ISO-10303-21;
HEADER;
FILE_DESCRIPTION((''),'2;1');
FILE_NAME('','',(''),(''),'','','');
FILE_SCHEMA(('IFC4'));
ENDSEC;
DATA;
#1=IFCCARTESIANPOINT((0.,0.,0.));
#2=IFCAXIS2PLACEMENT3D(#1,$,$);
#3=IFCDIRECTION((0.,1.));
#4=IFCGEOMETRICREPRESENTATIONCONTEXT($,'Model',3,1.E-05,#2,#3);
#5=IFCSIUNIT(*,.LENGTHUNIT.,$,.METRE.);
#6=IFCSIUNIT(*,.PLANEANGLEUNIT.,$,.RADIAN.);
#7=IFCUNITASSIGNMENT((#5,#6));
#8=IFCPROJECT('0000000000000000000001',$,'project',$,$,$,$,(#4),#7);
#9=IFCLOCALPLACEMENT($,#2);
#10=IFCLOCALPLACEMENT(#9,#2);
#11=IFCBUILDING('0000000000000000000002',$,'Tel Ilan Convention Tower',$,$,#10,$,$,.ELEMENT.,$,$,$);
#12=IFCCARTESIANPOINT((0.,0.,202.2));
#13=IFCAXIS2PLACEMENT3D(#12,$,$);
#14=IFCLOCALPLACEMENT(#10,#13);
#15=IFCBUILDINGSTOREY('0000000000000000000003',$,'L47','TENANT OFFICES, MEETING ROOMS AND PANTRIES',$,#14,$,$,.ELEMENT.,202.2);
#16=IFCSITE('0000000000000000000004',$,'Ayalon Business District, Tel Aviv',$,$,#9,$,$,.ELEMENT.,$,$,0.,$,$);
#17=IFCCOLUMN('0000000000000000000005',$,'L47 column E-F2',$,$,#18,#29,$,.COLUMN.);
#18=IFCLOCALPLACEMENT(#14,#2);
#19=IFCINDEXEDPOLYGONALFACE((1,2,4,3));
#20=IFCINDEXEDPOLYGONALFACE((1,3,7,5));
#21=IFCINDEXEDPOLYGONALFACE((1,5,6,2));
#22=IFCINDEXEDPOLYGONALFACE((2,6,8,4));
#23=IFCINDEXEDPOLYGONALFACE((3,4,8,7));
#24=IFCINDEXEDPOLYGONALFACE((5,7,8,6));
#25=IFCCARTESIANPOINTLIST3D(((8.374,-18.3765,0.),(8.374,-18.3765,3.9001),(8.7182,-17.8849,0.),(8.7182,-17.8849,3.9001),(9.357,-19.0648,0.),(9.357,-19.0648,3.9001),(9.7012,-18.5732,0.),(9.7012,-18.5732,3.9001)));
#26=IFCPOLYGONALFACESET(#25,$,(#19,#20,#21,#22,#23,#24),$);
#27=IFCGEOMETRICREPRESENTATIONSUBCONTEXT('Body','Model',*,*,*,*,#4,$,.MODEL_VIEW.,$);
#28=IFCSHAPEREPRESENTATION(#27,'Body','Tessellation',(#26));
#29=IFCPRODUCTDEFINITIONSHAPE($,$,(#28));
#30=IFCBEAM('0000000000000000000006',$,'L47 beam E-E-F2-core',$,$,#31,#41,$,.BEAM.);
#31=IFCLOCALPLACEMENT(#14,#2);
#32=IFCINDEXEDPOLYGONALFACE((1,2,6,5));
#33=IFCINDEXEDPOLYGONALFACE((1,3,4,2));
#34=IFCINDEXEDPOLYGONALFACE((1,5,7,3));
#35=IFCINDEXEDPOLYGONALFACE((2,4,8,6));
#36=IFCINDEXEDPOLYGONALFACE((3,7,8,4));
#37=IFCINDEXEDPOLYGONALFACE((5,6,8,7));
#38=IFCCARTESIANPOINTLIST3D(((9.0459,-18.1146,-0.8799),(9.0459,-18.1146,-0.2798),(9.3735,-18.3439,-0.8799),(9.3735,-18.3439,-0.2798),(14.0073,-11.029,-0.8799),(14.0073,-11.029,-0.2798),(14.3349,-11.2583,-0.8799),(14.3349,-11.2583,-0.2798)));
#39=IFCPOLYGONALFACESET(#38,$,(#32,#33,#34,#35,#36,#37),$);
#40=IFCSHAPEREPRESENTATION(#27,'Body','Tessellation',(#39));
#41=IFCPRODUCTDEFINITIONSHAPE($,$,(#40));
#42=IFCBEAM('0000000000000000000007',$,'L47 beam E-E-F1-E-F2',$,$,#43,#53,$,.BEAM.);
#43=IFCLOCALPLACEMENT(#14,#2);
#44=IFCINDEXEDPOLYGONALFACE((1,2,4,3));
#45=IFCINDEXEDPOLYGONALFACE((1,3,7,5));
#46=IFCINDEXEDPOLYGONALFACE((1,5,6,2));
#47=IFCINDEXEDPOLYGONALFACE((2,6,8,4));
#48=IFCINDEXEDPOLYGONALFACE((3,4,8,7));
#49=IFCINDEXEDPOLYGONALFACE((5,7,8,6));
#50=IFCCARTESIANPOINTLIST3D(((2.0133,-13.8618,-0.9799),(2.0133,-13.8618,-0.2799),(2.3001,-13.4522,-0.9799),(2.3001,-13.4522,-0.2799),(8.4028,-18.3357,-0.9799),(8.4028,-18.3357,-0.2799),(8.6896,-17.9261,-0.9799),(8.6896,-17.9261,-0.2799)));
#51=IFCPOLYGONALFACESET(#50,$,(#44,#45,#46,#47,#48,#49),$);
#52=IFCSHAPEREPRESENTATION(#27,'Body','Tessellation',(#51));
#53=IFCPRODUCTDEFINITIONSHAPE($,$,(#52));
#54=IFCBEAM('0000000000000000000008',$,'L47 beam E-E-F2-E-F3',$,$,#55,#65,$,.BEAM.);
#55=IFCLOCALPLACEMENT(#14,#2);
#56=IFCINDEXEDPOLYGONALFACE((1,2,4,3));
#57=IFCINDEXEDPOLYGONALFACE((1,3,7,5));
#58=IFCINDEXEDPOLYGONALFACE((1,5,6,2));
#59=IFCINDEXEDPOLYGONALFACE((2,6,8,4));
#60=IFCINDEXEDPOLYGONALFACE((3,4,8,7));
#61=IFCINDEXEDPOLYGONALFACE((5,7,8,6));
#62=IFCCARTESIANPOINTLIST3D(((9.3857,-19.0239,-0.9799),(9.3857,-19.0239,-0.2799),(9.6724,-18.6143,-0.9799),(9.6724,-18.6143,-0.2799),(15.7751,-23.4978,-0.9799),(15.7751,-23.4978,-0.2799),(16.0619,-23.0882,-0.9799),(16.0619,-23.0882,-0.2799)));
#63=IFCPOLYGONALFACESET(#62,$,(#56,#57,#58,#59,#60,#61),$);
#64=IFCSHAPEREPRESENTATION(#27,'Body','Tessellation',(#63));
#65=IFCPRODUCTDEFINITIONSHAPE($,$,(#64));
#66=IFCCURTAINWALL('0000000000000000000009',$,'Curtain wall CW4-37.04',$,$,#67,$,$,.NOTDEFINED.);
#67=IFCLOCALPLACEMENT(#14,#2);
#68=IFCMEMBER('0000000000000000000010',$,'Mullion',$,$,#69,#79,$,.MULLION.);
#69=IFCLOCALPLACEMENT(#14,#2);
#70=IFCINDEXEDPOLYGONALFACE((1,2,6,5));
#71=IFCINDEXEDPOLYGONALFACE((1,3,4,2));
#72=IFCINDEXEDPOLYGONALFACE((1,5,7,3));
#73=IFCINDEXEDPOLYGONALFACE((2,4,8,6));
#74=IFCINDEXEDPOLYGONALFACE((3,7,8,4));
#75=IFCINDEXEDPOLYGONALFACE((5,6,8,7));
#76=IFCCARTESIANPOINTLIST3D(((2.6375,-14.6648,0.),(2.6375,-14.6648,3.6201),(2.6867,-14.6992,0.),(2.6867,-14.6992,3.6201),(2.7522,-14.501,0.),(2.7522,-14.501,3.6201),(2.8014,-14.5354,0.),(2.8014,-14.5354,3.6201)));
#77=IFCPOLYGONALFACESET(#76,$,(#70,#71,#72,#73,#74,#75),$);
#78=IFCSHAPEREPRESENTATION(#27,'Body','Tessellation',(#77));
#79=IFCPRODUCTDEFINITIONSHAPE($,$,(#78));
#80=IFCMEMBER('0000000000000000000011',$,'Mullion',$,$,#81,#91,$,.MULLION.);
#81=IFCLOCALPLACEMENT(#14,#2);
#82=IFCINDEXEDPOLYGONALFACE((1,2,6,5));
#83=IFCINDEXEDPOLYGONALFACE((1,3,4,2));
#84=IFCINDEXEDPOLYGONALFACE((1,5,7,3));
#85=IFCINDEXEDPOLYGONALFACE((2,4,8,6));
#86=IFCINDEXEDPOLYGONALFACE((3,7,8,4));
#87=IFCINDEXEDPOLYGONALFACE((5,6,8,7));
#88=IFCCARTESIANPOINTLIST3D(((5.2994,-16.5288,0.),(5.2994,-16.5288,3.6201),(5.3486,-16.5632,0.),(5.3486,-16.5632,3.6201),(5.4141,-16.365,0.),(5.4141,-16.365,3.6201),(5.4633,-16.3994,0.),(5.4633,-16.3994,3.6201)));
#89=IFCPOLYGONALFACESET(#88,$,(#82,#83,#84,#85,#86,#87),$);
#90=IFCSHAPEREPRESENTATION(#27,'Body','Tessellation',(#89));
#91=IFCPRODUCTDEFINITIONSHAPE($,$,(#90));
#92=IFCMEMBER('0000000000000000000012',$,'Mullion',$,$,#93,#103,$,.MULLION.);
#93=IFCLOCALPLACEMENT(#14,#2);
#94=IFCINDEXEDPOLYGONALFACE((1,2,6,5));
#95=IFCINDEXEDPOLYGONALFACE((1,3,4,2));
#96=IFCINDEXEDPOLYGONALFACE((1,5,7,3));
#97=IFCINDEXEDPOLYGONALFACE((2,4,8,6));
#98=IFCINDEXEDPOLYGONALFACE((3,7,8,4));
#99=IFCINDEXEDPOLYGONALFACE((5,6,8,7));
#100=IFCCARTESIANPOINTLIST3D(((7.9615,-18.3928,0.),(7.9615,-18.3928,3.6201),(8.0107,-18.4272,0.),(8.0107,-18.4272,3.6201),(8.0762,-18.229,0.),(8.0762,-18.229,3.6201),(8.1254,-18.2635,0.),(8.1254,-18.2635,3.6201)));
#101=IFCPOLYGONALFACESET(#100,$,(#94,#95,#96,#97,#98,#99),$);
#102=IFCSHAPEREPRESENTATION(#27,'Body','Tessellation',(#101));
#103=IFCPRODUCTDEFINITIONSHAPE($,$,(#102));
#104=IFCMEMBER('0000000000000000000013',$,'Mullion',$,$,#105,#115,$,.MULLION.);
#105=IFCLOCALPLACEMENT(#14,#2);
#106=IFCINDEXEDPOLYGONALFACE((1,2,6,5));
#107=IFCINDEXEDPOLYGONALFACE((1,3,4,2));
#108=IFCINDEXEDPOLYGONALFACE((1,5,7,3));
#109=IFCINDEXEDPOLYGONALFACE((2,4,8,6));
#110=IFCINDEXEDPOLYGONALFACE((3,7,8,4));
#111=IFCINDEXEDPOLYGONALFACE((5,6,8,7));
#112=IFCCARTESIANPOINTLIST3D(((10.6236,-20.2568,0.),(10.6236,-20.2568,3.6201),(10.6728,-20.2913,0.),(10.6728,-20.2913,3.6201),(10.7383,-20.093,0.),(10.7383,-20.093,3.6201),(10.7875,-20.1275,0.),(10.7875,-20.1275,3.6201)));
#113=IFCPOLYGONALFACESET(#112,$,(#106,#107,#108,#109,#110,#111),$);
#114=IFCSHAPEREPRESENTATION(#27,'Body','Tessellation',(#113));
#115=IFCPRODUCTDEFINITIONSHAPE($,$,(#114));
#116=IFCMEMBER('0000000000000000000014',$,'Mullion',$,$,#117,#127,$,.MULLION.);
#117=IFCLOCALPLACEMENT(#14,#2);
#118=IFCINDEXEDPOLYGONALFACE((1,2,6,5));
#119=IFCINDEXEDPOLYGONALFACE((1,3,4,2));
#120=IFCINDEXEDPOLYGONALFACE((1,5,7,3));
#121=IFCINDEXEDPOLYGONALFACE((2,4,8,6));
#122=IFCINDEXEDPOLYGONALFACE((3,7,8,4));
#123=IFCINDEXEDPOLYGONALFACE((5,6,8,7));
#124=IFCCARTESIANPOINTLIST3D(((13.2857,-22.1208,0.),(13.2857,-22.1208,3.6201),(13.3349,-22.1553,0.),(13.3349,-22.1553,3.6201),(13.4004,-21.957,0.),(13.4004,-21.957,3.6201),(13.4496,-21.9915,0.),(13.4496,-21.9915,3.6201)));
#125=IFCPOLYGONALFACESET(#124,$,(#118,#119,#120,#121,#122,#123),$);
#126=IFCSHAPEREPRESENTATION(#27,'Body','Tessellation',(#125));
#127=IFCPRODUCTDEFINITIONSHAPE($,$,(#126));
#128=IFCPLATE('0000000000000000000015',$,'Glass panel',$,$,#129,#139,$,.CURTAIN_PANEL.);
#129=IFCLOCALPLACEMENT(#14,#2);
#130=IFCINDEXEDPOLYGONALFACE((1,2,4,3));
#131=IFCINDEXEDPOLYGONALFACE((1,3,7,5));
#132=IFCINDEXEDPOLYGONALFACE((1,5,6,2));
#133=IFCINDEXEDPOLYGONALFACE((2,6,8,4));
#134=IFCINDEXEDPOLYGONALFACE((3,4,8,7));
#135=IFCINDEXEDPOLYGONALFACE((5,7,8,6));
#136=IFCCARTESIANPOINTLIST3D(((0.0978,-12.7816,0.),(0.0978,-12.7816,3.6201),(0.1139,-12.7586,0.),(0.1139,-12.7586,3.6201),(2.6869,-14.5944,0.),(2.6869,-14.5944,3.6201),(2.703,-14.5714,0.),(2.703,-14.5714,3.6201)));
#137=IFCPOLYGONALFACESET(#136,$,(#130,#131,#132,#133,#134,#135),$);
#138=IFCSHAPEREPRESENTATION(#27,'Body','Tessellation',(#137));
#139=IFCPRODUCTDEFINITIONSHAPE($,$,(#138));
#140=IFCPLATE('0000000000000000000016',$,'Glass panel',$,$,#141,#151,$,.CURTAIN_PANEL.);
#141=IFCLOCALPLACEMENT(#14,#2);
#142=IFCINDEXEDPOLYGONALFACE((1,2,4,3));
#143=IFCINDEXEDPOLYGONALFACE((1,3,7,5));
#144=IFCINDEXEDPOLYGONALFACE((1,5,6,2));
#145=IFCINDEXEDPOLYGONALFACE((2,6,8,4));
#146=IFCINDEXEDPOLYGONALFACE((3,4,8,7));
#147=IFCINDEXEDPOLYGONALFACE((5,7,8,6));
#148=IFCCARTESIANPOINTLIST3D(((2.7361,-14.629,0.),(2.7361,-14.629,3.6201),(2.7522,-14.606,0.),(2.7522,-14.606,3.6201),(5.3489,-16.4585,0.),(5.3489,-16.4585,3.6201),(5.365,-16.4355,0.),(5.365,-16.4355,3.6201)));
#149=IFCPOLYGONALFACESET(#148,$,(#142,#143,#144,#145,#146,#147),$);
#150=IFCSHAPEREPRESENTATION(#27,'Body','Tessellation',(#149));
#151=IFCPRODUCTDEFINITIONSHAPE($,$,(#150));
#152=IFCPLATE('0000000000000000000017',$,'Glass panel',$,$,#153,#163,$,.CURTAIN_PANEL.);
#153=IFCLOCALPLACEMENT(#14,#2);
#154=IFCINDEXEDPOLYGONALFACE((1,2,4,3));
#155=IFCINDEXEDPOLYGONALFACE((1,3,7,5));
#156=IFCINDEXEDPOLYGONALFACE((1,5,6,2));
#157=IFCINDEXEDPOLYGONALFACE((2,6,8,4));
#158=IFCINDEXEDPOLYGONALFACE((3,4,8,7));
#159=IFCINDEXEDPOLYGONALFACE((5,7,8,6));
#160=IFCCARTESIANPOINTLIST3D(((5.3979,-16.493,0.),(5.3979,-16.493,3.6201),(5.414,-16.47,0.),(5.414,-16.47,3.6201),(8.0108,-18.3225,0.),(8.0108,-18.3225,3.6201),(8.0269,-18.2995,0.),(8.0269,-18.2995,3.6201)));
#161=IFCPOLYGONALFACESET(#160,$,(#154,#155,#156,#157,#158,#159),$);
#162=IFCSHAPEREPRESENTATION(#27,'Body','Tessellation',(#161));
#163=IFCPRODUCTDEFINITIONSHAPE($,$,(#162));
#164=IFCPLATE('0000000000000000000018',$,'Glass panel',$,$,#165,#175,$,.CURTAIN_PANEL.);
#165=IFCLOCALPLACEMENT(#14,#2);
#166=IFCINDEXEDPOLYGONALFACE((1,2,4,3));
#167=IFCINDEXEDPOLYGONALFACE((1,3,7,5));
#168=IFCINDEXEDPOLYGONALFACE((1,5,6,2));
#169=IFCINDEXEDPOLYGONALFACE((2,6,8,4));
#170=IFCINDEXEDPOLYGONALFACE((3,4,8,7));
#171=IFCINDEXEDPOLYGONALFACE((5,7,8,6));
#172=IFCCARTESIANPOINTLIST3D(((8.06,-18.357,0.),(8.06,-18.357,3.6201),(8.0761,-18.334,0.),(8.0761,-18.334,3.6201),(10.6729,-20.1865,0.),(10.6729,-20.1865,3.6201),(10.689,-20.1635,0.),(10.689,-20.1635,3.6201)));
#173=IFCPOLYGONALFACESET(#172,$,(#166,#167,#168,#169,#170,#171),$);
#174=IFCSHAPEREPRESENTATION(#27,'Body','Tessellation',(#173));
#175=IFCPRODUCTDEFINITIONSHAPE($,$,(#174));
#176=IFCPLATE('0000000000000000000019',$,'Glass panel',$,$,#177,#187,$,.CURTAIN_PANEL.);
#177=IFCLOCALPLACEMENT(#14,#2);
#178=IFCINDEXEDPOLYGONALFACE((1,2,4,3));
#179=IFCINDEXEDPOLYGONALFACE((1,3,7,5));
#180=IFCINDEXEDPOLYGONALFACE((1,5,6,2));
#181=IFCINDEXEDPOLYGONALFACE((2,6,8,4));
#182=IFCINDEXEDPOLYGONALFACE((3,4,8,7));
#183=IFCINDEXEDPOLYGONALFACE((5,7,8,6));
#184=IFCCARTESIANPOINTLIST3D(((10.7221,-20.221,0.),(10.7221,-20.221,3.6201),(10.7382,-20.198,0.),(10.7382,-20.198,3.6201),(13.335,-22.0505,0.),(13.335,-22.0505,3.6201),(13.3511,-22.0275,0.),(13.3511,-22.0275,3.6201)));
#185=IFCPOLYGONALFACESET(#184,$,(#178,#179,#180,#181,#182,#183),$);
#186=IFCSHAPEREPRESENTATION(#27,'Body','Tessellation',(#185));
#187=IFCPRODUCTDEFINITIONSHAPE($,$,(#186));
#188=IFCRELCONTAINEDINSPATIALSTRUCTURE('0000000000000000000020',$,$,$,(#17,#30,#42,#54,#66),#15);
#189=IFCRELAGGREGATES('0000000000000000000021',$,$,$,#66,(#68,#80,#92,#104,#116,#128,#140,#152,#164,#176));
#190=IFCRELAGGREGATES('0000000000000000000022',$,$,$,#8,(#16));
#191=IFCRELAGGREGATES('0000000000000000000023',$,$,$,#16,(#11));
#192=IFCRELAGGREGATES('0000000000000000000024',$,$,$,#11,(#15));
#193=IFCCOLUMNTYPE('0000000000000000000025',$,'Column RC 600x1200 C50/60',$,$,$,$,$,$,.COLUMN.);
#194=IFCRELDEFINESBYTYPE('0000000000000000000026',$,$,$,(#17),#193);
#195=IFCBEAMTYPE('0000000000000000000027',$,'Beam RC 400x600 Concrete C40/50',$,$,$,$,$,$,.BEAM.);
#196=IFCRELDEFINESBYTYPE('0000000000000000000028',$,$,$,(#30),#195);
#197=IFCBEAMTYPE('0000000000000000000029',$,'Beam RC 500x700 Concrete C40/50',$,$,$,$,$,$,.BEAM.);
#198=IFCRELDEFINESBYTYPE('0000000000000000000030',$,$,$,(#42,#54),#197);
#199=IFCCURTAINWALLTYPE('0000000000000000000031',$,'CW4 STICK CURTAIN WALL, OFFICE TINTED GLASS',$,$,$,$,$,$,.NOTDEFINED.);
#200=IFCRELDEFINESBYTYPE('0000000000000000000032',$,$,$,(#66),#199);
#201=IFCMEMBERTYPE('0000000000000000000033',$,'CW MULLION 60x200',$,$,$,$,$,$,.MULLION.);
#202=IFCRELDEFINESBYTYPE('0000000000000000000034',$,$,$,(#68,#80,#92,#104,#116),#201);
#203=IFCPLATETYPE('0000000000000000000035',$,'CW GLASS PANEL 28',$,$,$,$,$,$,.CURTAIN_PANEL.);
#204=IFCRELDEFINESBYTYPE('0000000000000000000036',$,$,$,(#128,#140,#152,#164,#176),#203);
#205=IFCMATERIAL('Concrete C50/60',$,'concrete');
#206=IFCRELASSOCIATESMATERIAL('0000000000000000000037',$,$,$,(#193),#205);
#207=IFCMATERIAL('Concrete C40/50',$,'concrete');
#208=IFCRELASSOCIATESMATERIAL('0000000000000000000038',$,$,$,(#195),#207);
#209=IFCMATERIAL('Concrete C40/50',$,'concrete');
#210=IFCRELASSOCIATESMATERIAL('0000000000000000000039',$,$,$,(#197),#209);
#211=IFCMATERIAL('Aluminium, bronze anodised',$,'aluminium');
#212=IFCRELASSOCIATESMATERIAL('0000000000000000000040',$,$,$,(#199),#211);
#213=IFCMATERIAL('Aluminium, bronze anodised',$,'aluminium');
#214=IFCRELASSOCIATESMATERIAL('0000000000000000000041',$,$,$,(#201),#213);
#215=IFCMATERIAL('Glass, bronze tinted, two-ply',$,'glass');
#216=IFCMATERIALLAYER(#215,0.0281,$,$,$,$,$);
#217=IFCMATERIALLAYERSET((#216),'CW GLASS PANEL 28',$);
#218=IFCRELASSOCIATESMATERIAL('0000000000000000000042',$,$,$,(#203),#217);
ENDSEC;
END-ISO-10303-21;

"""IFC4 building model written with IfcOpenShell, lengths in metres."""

from ifc_helpers import new_model, si_unit, direction, frame, origin, origin_2d, place, context, subcontext, project, spatial, rectangle, extrude, material, layer, layer_set, material_profile, profile_set, type_object, element, aggregate, save


model = new_model("IFC4")

# Units and contexts
model_context = context("Model", 3, precision=1e-05, world=origin(), true_north=direction((0.0, 1.0)))
body_context = subcontext(model_context, "Body", "Model", "MODEL_VIEW")
ifc_project = project(units=[si_unit("LENGTHUNIT", "METRE"), si_unit("PLANEANGLEUNIT", "RADIAN")], contexts=[model_context])

# Site, building, storey
site_placement = place(None, origin())
site = spatial("IfcSite", under=ifc_project, at=site_placement, Name="Ayalon Business District, Tel Aviv", CompositionType="ELEMENT", RefElevation=0.0)
building_placement = place(site_placement, origin())
building = spatial("IfcBuilding", under=site, at=building_placement, Name="Tel Ilan Convention Tower", CompositionType="ELEMENT")
storey_placement = place(building_placement, frame((0.0, 0.0, 202.2)))
storey = spatial("IfcBuildingStorey", under=building, at=storey_placement, Name="L47", Description="TENANT OFFICES, MEETING ROOMS AND PANTRIES", CompositionType="ELEMENT", Elevation=202.2)

# Column
ifc_material_1 = material(Name="Concrete C50/60", Category="concrete")
ifc_material_profile_1 = material_profile(ifc_material_1, rectangle(XDim=1.2, YDim=0.6001, at=origin_2d()), Name="RC 600x1200")
ifc_profile_set_1 = profile_set([ifc_material_profile_1], Name="Concrete C50/60")
column_type = type_object("IfcColumnType", Name="Column RC 600x1200 C50/60", PredefinedType="COLUMN", material=ifc_profile_set_1)
column_placement = place(storey_placement, frame((9.0376, -18.4749, 0.0), z_axis=(0.0, 0.0, 1.0), x_axis=(0.819152, -0.573576, 0.0)))
element("IfcColumn", 1, at=column_placement, inside=storey, type_object=column_type, Name="L47 column E-F2", PredefinedType="COLUMN", context=body_context, shape_type="SweptSolid", body=[
    extrude(rectangle(XDim=1.2, YDim=0.6001, at=origin_2d()), origin(), (0.0, 0.0, 1.0), 3.9001),
])

# Beams
ifc_material_2 = material(Name="Concrete C40/50", Category="concrete")
ifc_material_profile_2 = material_profile(ifc_material_2, rectangle(XDim=0.3999, YDim=0.6001, at=origin_2d()), Name="RC 400x600")
ifc_profile_set_2 = profile_set([ifc_material_profile_2], Name="Concrete C40/50")
beam_type_1 = type_object("IfcBeamType", Name="Beam RC 400x600 Concrete C40/50", PredefinedType="BEAM", material=ifc_profile_set_2)
beam_placement = place(storey_placement, frame((9.2097, -18.2292, -0.5798), z_axis=(0.573574, 0.819154, 0.0), x_axis=(-0.819154, 0.573574, 0.0)))
element("IfcBeam", 2, at=beam_placement, inside=storey, type_object=beam_type_1, Name="L47 beam E-E-F2-core", PredefinedType="BEAM", context=body_context, shape_type="SweptSolid", body=[
    extrude(rectangle(XDim=0.3999, YDim=0.6001, at=origin_2d()), origin(), (0.0, 0.0, 1.0), 8.6499),
])
ifc_material_3 = material(Name="Concrete C40/50", Category="concrete")
ifc_material_profile_3 = material_profile(ifc_material_3, rectangle(XDim=0.5, YDim=0.7, at=origin_2d()), Name="RC 500x700")
ifc_profile_set_3 = profile_set([ifc_material_profile_3], Name="Concrete C40/50")
beam_type_2 = type_object("IfcBeamType", Name="Beam RC 500x700 Concrete C40/50", PredefinedType="BEAM", material=ifc_profile_set_3)
for number, where, z_axis, x_axis, name in (
    (3, (2.1567, -13.657, -0.6299), (0.819154, -0.573574, 0.0), (0.573574, 0.819154, 0.0), "L47 beam E-E-F1-E-F2"),
    (4, (9.5291, -18.8191, -0.6299), (0.819154, -0.573574, 0.0), (0.573574, 0.819154, 0.0), "L47 beam E-E-F2-E-F3"),
):
    element("IfcBeam", number, at=place(storey_placement, frame(where, z_axis=z_axis, x_axis=x_axis)), inside=storey, type_object=beam_type_2, Name=name, PredefinedType="BEAM", context=body_context, shape_type="SweptSolid", body=[
        extrude(rectangle(XDim=0.5, YDim=0.7, at=origin_2d()), origin(), (0.0, 0.0, 1.0), 7.8),
    ])

# Curtain wall, members, plates
ifc_material_4 = material(Name="Aluminium, bronze anodised", Category="aluminium")
curtain_wall_type = type_object("IfcCurtainWallType", Name="CW4 STICK CURTAIN WALL, OFFICE TINTED GLASS", PredefinedType="NOTDEFINED", material=ifc_material_4)
curtain_wall_placement = place(storey_placement, origin())
curtain_wall = element("IfcCurtainWall", 5, at=curtain_wall_placement, inside=storey, type_object=curtain_wall_type, Name="Curtain wall CW4-37.04", PredefinedType="NOTDEFINED")
ifc_material_5 = material(Name="Aluminium, bronze anodised", Category="aluminium")
ifc_material_profile_4 = material_profile(ifc_material_5, rectangle(XDim=0.0601, YDim=0.2, at=origin_2d()), Name="CW MULLION 60x200")
ifc_profile_set_4 = profile_set([ifc_material_profile_4], Name="Aluminium, bronze anodised")
member_type = type_object("IfcMemberType", Name="CW MULLION 60x200", PredefinedType="MULLION", material=ifc_profile_set_4)
member_1_placement = place(storey_placement, frame((2.7195, -14.6001, 0.0), z_axis=(0.0, 0.0, 1.0), x_axis=(0.819152, -0.573576, 0.0)))
member_1 = element("IfcMember", 6, at=member_1_placement, type_object=member_type, Name="Mullion", PredefinedType="MULLION", context=body_context, shape_type="SweptSolid", body=[
    extrude(rectangle(XDim=0.0601, YDim=0.2, at=origin_2d()), origin(), (0.0, 0.0, 1.0), 3.6201),
])
member_2_placement = place(storey_placement, frame((5.3813, -16.4641, 0.0), z_axis=(0.0, 0.0, 1.0), x_axis=(0.819152, -0.573576, 0.0)))
member_2 = element("IfcMember", 7, at=member_2_placement, type_object=member_type, Name="Mullion", PredefinedType="MULLION", context=body_context, shape_type="SweptSolid", body=[
    extrude(rectangle(XDim=0.0601, YDim=0.2, at=origin_2d()), origin(), (0.0, 0.0, 1.0), 3.6201),
])
member_3_placement = place(storey_placement, frame((8.0435, -18.3281, 0.0), z_axis=(0.0, 0.0, 1.0), x_axis=(0.819152, -0.573576, 0.0)))
member_3 = element("IfcMember", 8, at=member_3_placement, type_object=member_type, Name="Mullion", PredefinedType="MULLION", context=body_context, shape_type="SweptSolid", body=[
    extrude(rectangle(XDim=0.0601, YDim=0.2, at=origin_2d()), origin(), (0.0, 0.0, 1.0), 3.6201),
])
member_4_placement = place(storey_placement, frame((10.7056, -20.1921, 0.0), z_axis=(0.0, 0.0, 1.0), x_axis=(0.819152, -0.573576, 0.0)))
member_4 = element("IfcMember", 9, at=member_4_placement, type_object=member_type, Name="Mullion", PredefinedType="MULLION", context=body_context, shape_type="SweptSolid", body=[
    extrude(rectangle(XDim=0.0601, YDim=0.2, at=origin_2d()), origin(), (0.0, 0.0, 1.0), 3.6201),
])
member_5_placement = place(storey_placement, frame((13.3677, -22.0562, 0.0), z_axis=(0.0, 0.0, 1.0), x_axis=(0.819152, -0.573576, 0.0)))
member_5 = element("IfcMember", 10, at=member_5_placement, type_object=member_type, Name="Mullion", PredefinedType="MULLION", context=body_context, shape_type="SweptSolid", body=[
    extrude(rectangle(XDim=0.0601, YDim=0.2, at=origin_2d()), origin(), (0.0, 0.0, 1.0), 3.6201),
])
ifc_material_6 = material(Name="Glass, bronze tinted, two-ply", Category="glass")
ifc_layer_1 = layer(ifc_material_6, 0.0281)
ifc_layer_set_1 = layer_set([ifc_layer_1], Name="CW GLASS PANEL 28")
plate_type = type_object("IfcPlateType", Name="CW GLASS PANEL 28", PredefinedType="CURTAIN_PANEL", material=ifc_layer_set_1)
plate_1_placement = place(storey_placement, frame((1.4004, -13.6765, 0.0), z_axis=(0.0, 0.0, 1.0), x_axis=(0.819152, -0.573576, 0.0)))
plate_1 = element("IfcPlate", 11, at=plate_1_placement, type_object=plate_type, Name="Glass panel", PredefinedType="CURTAIN_PANEL", context=body_context, shape_type="SweptSolid", body=[
    extrude(rectangle(XDim=3.1606, YDim=0.0281, at=origin_2d()), origin(), (0.0, 0.0, 1.0), 3.6201),
])
plate_2_placement = place(storey_placement, frame((4.0505, -15.5322, 0.0), z_axis=(0.0, 0.0, 1.0), x_axis=(0.819152, -0.573576, 0.0)))
plate_2 = element("IfcPlate", 12, at=plate_2_placement, type_object=plate_type, Name="Glass panel", PredefinedType="CURTAIN_PANEL", context=body_context, shape_type="SweptSolid", body=[
    extrude(rectangle(XDim=3.1897, YDim=0.0281, at=origin_2d()), origin(), (0.0, 0.0, 1.0), 3.6201),
])
plate_3_placement = place(storey_placement, frame((6.7124, -17.3962, 0.0), z_axis=(0.0, 0.0, 1.0), x_axis=(0.819152, -0.573576, 0.0)))
plate_3 = element("IfcPlate", 13, at=plate_3_placement, type_object=plate_type, Name="Glass panel", PredefinedType="CURTAIN_PANEL", context=body_context, shape_type="SweptSolid", body=[
    extrude(rectangle(XDim=3.1897, YDim=0.0281, at=origin_2d()), origin(), (0.0, 0.0, 1.0), 3.6201),
])
plate_4_placement = place(storey_placement, frame((9.3745, -19.2603, 0.0), z_axis=(0.0, 0.0, 1.0), x_axis=(0.819152, -0.573576, 0.0)))
plate_4 = element("IfcPlate", 14, at=plate_4_placement, type_object=plate_type, Name="Glass panel", PredefinedType="CURTAIN_PANEL", context=body_context, shape_type="SweptSolid", body=[
    extrude(rectangle(XDim=3.1897, YDim=0.0281, at=origin_2d()), origin(), (0.0, 0.0, 1.0), 3.6201),
])
plate_5_placement = place(storey_placement, frame((12.0366, -21.1243, 0.0), z_axis=(0.0, 0.0, 1.0), x_axis=(0.819152, -0.573576, 0.0)))
plate_5 = element("IfcPlate", 15, at=plate_5_placement, type_object=plate_type, Name="Glass panel", PredefinedType="CURTAIN_PANEL", context=body_context, shape_type="SweptSolid", body=[
    extrude(rectangle(XDim=3.1897, YDim=0.0281, at=origin_2d()), origin(), (0.0, 0.0, 1.0), 3.6201),
])
aggregate(curtain_wall, [member_1, member_2, member_3, member_4, member_5, plate_1, plate_2, plate_3, plate_4, plate_5])

save(model, "model.ifc")
